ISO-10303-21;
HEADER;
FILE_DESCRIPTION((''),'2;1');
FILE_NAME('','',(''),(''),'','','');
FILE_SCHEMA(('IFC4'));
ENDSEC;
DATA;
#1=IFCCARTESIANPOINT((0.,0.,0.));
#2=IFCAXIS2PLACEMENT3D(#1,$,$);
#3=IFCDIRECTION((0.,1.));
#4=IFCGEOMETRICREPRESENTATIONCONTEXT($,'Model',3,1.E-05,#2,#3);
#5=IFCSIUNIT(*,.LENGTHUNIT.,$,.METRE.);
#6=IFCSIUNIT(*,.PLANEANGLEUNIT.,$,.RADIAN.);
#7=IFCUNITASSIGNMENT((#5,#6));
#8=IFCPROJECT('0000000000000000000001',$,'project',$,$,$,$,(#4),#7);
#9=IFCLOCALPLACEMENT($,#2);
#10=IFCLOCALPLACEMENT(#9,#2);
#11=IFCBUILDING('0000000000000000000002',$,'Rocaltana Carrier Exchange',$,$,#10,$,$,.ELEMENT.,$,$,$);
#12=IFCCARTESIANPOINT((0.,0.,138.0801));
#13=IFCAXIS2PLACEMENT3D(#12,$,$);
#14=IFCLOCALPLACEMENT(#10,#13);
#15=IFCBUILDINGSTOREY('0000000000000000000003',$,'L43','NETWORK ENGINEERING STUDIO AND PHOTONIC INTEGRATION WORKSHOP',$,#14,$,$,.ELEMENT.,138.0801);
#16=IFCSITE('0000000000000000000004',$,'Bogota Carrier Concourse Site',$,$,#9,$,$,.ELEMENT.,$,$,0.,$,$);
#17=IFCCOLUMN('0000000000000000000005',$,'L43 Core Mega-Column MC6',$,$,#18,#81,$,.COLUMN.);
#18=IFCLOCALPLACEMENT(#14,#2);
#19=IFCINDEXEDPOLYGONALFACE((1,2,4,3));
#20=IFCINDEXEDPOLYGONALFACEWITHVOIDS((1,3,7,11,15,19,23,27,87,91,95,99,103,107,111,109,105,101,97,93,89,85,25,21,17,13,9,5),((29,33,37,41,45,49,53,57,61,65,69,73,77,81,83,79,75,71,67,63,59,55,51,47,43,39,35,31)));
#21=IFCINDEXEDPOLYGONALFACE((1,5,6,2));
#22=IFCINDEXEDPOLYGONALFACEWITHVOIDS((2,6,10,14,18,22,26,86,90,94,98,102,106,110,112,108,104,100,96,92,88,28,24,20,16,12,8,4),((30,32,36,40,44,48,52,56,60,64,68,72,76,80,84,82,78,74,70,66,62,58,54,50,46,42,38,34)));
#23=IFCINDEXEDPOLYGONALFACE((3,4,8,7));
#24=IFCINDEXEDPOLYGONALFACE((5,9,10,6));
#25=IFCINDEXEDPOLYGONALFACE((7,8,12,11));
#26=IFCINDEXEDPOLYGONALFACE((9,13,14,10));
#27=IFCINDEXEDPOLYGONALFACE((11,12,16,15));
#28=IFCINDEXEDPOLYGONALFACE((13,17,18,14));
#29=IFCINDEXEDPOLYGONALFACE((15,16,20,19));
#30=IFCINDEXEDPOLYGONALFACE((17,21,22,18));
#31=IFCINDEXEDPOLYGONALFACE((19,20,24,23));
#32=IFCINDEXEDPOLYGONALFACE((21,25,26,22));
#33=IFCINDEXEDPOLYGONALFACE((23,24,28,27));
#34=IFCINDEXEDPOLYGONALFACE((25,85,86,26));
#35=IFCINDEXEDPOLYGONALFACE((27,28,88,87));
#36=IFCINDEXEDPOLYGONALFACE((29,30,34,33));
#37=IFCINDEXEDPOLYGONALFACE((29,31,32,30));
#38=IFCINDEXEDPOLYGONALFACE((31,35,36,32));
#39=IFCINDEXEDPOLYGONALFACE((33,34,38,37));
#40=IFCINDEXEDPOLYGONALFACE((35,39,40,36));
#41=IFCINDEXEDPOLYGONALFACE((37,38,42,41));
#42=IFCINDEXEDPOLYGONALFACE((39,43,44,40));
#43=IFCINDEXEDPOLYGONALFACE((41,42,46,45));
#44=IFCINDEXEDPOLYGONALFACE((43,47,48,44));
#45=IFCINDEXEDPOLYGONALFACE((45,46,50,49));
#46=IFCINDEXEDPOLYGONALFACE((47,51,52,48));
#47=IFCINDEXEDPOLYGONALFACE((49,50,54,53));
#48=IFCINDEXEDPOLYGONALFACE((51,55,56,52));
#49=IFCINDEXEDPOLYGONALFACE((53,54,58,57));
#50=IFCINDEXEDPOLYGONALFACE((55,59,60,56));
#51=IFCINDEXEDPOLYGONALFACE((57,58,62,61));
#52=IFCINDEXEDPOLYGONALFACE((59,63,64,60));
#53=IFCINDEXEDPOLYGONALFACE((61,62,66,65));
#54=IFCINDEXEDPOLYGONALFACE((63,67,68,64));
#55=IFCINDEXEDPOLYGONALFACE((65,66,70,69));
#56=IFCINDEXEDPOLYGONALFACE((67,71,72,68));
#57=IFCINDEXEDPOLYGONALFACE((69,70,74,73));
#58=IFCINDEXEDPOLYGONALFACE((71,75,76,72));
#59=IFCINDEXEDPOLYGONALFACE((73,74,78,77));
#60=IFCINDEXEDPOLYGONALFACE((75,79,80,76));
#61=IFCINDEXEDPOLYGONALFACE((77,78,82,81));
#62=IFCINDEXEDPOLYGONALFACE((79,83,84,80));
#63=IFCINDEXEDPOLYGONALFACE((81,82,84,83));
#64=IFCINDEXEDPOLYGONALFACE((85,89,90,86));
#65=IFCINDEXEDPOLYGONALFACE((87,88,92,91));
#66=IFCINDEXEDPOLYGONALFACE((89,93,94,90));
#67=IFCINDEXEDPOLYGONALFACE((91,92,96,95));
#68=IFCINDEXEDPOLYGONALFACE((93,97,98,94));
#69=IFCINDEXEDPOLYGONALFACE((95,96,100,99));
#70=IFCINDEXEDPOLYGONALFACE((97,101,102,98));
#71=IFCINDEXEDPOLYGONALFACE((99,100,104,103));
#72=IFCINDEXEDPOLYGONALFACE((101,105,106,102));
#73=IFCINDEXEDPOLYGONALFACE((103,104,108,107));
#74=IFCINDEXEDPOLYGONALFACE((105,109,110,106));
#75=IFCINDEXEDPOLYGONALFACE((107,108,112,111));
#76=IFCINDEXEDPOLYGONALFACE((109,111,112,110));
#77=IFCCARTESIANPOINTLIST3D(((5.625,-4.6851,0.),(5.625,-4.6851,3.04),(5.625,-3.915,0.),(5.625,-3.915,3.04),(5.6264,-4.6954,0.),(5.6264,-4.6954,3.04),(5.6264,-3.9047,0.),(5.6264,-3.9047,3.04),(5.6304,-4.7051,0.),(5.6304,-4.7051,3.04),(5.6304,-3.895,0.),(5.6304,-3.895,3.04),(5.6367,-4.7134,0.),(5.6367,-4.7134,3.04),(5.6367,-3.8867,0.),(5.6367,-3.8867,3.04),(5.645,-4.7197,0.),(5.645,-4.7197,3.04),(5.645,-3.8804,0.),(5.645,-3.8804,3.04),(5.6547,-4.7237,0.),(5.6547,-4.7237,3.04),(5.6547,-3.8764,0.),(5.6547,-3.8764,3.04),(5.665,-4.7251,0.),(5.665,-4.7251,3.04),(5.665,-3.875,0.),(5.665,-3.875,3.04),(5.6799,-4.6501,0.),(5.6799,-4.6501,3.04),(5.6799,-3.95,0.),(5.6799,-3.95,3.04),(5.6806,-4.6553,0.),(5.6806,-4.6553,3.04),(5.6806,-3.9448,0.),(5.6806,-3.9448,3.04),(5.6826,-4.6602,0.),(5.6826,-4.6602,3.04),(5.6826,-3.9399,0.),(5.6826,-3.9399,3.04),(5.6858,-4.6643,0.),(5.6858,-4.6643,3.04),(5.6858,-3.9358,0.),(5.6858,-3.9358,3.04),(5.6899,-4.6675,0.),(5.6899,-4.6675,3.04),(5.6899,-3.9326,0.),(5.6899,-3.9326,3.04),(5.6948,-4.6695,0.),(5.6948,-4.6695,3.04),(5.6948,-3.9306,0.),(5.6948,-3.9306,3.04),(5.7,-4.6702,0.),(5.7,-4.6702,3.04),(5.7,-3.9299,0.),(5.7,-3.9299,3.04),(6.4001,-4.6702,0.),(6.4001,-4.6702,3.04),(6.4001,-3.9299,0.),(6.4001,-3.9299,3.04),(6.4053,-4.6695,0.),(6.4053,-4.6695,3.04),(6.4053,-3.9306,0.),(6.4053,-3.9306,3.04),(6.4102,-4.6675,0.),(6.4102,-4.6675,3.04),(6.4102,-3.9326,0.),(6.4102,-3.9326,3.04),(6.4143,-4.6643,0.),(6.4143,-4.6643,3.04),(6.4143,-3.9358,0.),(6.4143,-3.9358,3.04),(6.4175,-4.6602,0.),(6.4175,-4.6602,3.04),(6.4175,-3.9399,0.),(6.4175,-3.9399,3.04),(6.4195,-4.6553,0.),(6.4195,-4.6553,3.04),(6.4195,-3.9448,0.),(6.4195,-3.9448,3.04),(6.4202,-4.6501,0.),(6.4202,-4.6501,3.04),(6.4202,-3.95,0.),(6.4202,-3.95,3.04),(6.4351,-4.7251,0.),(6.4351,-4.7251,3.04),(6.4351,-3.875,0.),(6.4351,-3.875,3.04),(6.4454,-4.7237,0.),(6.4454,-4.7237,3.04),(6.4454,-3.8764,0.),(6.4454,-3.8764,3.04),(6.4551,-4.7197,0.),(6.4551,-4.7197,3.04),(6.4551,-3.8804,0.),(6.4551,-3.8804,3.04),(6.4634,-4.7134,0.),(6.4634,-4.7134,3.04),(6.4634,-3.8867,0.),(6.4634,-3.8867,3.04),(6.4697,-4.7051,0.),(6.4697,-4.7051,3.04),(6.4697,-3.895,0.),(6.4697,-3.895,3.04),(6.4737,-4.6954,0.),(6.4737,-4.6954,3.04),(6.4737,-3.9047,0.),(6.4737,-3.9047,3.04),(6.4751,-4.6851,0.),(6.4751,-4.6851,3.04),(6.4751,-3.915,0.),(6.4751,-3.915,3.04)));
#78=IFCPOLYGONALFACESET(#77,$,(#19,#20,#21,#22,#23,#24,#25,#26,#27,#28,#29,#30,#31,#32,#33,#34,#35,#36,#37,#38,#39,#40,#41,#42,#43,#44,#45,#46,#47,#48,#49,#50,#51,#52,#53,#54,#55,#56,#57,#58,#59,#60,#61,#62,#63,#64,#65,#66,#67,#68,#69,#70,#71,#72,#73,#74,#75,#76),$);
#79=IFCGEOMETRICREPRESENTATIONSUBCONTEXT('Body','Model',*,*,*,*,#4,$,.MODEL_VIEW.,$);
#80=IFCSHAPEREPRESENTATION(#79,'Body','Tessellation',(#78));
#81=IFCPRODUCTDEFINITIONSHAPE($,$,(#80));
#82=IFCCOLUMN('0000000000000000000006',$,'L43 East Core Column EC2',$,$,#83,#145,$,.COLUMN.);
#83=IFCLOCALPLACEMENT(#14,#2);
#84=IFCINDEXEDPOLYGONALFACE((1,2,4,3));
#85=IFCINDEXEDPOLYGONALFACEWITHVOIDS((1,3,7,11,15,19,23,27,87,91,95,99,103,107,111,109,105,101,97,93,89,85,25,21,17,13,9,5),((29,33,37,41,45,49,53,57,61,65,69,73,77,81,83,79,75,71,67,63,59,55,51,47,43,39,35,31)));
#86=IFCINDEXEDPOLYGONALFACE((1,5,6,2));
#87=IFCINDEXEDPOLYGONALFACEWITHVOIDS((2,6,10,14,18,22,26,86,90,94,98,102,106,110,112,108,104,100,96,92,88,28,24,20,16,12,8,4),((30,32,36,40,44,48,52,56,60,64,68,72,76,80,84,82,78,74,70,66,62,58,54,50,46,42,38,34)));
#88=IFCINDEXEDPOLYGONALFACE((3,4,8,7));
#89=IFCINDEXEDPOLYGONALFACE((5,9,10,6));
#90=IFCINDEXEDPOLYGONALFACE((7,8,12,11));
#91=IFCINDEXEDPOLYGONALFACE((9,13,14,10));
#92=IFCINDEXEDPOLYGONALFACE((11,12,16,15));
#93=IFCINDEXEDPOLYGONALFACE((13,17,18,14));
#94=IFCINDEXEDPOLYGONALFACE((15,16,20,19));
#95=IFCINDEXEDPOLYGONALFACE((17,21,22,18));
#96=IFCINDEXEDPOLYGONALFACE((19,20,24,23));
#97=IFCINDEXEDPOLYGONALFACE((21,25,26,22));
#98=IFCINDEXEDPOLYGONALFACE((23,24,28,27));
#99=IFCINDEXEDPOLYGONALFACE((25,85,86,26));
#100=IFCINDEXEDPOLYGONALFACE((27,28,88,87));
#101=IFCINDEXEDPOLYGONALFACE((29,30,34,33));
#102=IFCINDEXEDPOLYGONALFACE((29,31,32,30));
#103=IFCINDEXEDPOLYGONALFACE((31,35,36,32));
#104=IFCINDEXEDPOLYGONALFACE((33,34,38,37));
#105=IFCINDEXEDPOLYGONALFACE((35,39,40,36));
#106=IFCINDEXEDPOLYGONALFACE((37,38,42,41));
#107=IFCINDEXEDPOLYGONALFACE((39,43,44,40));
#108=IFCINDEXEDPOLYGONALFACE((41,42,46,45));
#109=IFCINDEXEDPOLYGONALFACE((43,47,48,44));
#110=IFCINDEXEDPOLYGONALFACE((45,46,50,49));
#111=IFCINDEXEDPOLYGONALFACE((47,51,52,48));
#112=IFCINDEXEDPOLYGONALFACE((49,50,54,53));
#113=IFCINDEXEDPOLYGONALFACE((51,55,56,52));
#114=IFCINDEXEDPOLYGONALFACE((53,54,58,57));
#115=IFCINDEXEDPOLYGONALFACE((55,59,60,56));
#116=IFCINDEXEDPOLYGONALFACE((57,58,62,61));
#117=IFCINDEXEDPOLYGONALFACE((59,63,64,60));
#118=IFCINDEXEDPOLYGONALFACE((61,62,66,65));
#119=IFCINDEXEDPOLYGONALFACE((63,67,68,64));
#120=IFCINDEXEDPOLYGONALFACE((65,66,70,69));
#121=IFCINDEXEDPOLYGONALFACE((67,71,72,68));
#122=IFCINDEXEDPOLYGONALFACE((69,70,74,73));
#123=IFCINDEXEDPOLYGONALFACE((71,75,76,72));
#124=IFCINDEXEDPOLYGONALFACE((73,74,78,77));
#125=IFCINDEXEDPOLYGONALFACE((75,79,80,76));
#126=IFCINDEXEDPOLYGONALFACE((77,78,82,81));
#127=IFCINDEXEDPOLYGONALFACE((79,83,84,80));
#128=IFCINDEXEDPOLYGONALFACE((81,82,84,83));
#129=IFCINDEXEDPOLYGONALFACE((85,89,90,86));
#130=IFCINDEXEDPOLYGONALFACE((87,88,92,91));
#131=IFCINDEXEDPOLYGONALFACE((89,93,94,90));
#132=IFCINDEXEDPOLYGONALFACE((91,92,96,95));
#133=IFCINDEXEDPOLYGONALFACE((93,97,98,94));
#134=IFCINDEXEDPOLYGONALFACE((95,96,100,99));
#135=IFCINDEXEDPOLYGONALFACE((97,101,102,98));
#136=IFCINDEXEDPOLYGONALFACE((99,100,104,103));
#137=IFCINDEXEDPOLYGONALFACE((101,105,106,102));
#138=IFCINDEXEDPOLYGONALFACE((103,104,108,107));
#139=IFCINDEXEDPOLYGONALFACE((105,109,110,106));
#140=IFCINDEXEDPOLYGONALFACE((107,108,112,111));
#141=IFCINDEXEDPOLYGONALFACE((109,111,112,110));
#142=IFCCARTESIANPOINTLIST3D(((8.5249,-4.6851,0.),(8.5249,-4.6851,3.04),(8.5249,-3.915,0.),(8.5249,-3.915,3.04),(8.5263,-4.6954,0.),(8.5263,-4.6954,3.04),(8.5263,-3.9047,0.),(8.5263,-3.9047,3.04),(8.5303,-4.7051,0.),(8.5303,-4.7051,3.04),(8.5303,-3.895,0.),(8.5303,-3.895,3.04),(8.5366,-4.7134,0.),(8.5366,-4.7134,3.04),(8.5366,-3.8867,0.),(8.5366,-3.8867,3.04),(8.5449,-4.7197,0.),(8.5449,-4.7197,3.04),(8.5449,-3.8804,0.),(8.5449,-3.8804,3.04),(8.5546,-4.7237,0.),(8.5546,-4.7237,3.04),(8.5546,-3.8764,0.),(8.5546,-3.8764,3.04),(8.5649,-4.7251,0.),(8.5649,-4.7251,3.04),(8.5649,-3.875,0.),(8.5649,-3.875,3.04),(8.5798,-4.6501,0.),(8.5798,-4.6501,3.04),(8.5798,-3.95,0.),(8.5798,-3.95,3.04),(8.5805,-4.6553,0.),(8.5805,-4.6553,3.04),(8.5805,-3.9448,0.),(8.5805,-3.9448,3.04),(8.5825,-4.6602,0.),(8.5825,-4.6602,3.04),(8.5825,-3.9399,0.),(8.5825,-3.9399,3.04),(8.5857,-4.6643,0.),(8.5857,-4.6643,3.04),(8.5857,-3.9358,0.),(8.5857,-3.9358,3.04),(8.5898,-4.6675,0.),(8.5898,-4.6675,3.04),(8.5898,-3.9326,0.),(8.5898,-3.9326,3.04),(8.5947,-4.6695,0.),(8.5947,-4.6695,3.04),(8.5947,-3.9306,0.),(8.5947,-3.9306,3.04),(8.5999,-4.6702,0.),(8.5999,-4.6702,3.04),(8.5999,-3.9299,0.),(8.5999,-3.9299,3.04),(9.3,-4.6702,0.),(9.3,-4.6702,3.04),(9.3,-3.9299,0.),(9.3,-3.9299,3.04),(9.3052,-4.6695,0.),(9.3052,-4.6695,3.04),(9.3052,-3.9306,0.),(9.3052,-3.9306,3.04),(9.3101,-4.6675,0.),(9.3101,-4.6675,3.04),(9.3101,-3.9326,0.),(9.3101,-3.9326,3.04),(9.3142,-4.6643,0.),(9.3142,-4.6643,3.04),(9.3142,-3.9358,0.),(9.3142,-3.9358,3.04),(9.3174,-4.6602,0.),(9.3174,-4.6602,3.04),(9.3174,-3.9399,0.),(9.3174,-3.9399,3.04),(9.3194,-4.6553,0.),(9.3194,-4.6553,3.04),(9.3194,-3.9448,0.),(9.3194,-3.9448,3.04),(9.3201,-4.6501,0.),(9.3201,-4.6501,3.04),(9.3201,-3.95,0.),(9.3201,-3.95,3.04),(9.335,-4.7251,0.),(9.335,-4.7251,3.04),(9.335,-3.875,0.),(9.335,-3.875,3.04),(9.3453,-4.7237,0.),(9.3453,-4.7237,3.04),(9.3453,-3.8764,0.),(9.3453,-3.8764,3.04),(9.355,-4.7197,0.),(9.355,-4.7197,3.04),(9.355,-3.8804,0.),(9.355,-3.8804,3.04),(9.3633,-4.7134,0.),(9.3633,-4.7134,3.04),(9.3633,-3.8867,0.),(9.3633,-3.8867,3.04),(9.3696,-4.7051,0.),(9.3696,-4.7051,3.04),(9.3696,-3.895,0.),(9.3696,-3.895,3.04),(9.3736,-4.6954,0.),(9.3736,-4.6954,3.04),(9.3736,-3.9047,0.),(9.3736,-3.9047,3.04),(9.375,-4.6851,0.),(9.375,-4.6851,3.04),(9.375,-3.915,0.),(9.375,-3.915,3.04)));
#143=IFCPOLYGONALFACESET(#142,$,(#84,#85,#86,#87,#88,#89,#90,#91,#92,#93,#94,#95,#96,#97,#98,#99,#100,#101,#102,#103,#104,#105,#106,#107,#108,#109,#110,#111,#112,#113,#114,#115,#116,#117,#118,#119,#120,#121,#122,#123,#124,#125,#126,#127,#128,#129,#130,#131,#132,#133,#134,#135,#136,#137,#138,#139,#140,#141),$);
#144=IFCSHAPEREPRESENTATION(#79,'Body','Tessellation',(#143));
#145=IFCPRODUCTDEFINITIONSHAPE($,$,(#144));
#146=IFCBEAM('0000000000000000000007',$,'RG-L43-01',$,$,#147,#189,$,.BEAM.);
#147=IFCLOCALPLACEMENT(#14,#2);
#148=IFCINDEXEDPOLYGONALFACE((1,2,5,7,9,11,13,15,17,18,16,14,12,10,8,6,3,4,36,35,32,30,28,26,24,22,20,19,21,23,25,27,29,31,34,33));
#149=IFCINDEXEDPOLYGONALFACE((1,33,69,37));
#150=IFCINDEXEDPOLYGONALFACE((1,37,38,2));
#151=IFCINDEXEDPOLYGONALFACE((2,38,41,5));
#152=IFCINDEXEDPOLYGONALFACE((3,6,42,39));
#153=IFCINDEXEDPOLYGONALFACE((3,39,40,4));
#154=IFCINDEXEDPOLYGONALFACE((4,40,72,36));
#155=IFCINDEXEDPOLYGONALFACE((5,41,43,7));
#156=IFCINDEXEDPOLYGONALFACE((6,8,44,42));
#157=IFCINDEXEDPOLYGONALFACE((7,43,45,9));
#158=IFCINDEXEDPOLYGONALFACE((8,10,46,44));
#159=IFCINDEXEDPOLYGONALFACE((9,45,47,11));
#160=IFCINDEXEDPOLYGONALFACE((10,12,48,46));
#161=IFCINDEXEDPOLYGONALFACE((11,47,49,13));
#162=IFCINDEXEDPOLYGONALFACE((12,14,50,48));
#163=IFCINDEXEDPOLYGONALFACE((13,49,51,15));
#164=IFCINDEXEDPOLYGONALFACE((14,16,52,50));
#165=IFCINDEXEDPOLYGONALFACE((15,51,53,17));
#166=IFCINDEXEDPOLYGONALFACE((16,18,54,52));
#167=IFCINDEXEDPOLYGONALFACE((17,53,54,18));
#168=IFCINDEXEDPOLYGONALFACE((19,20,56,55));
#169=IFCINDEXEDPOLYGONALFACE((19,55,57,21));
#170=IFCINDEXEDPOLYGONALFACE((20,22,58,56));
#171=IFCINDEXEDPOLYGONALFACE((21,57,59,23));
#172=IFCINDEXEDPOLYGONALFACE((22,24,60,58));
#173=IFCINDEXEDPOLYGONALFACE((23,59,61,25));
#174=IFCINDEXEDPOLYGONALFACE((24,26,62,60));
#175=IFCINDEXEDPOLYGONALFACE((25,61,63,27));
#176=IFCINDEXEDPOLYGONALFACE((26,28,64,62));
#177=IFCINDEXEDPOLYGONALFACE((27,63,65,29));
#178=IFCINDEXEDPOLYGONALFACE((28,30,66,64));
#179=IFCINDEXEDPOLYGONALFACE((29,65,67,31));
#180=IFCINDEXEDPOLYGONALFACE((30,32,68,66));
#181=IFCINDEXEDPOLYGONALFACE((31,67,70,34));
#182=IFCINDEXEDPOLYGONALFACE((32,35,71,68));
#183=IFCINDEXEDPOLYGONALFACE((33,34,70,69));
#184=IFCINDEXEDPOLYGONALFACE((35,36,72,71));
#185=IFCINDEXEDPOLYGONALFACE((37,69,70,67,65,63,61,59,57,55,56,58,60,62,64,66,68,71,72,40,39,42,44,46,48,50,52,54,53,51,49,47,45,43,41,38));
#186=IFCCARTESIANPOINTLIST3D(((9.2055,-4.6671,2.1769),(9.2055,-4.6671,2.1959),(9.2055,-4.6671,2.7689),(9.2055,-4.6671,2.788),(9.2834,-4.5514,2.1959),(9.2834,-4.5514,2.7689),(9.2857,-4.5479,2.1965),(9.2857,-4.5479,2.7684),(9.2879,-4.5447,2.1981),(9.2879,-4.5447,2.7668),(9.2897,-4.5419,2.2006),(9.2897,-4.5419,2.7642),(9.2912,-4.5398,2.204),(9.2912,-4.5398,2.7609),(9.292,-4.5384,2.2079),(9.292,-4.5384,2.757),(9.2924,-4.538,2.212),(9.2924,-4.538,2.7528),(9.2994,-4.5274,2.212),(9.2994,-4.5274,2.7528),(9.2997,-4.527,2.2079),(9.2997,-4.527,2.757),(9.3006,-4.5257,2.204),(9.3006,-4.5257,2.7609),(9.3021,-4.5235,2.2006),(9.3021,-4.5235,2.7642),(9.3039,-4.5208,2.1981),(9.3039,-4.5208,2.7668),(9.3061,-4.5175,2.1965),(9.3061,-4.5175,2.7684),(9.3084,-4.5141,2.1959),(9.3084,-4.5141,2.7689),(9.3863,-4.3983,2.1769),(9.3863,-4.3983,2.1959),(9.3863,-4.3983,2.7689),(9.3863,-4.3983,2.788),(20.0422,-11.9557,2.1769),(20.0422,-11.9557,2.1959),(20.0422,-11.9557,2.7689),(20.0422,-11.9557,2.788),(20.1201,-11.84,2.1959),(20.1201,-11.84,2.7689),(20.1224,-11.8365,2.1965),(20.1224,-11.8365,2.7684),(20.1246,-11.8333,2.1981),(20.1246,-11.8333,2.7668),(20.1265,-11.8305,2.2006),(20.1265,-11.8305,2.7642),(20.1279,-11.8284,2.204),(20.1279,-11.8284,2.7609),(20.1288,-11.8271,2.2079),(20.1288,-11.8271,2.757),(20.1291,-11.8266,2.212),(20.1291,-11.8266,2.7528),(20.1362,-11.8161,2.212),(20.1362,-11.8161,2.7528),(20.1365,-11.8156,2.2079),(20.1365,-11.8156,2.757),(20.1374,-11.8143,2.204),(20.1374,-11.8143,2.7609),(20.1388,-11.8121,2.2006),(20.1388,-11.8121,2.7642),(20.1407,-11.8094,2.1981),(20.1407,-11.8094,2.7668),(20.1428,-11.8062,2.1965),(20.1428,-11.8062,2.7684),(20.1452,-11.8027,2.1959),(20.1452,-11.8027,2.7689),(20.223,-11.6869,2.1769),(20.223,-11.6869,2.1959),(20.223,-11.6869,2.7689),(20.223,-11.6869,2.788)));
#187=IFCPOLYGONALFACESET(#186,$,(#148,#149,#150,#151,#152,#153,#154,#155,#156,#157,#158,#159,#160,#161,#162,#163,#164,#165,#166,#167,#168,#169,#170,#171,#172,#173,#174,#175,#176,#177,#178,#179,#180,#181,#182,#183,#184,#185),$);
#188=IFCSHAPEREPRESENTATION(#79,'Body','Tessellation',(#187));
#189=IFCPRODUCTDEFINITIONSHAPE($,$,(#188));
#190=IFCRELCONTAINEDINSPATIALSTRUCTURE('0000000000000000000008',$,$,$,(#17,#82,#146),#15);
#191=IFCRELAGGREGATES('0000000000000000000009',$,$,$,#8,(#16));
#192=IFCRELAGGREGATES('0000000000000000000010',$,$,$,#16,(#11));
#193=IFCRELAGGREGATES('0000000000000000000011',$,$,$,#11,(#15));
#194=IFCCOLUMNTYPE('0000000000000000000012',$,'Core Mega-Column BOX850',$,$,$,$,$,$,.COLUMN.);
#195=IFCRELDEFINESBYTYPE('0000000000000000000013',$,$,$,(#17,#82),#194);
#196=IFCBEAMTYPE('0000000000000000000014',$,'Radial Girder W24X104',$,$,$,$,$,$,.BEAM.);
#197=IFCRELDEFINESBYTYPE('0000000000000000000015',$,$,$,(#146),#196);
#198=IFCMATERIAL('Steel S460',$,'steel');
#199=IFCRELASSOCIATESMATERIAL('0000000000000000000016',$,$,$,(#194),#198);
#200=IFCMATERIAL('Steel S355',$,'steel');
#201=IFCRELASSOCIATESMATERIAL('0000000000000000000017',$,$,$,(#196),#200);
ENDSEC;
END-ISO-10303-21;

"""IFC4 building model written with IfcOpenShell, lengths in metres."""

from ifc_helpers import new_model, si_unit, direction, frame, origin, origin_2d, place, context, subcontext, project, spatial, hollow_rectangle, i_section, extrude, material, material_profile, profile_set, type_object, element, save


model = new_model("IFC4")

# Units and contexts
model_context = context("Model", 3, precision=1e-05, world=origin(), true_north=direction((0.0, 1.0)))
body_context = subcontext(model_context, "Body", "Model", "MODEL_VIEW")
ifc_project = project(units=[si_unit("LENGTHUNIT", "METRE"), si_unit("PLANEANGLEUNIT", "RADIAN")], contexts=[model_context])

# Site, building, storey
site_placement = place(None, origin())
site = spatial("IfcSite", under=ifc_project, at=site_placement, Name="Bogota Carrier Concourse Site", CompositionType="ELEMENT", RefElevation=0.0)
building_placement = place(site_placement, origin())
building = spatial("IfcBuilding", under=site, at=building_placement, Name="Rocaltana Carrier Exchange", CompositionType="ELEMENT")
storey_placement = place(building_placement, frame((0.0, 0.0, 138.0801)))
storey = spatial("IfcBuildingStorey", under=building, at=storey_placement, Name="L43", Description="NETWORK ENGINEERING STUDIO AND PHOTONIC INTEGRATION WORKSHOP", CompositionType="ELEMENT", Elevation=138.0801)

# Columns
ifc_material_1 = material(Name="Steel S460", Category="steel")
ifc_material_profile_1 = material_profile(ifc_material_1, hollow_rectangle(XDim=0.8501, YDim=0.8501, WallThickness=0.0549, InnerFilletRadius=0.02, OuterFilletRadius=0.04, at=origin_2d()), Name="BOX850X850X55")
ifc_profile_set_1 = profile_set([ifc_material_profile_1], Name="Steel S460")
column_type = type_object("IfcColumnType", Name="Core Mega-Column BOX850", PredefinedType="COLUMN", material=ifc_profile_set_1)
for number, where, z_axis, x_axis, name in (
    (1, (6.05, -4.3, 0.0), (0.0, 0.0, 1.0), (1.0, 0.0, 0.0), "L43 Core Mega-Column MC6"),
    (2, (8.95, -4.3, 0.0), (0.0, 0.0, 1.0), (1.0, 0.0, 0.0), "L43 East Core Column EC2"),
):
    element("IfcColumn", number, at=place(storey_placement, frame(where, z_axis=z_axis, x_axis=x_axis)), inside=storey, type_object=column_type, Name=name, PredefinedType="COLUMN", context=body_context, shape_type="SweptSolid", body=[
        extrude(hollow_rectangle(XDim=0.8501, YDim=0.8501, WallThickness=0.0549, InnerFilletRadius=0.02, OuterFilletRadius=0.04, at=origin_2d()), origin(), (0.0, 0.0, 1.0), 3.04),
    ])

# Beam
ifc_material_2 = material(Name="Steel S355", Category="steel")
ifc_material_profile_2 = material_profile(ifc_material_2, i_section(OverallWidth=0.324, OverallDepth=0.6111, WebThickness=0.0127, FlangeThickness=0.019, FilletRadius=0.0161, at=origin_2d()), Name="W24X104")
ifc_profile_set_2 = profile_set([ifc_material_profile_2], Name="Steel S355")
beam_type = type_object("IfcBeamType", Name="Radial Girder W24X104", PredefinedType="BEAM", material=ifc_profile_set_2)
beam_1_placement = place(storey_placement, frame((9.2959, -4.5327, 2.4824), z_axis=(0.829777, -0.558095, 0.0), x_axis=(0.558095, 0.829777, 0.0)))
element("IfcBeam", 3, at=beam_1_placement, inside=storey, type_object=beam_type, Name="RG-L43-01", PredefinedType="BEAM", context=body_context, shape_type="SweptSolid", body=[
    extrude(i_section(OverallWidth=0.324, OverallDepth=0.6111, WebThickness=0.0127, FlangeThickness=0.019, FilletRadius=0.0161, at=origin_2d()), origin(), (0.0, 0.0, 1.0), 13.0598),
])

save(model, "model.ifc")
